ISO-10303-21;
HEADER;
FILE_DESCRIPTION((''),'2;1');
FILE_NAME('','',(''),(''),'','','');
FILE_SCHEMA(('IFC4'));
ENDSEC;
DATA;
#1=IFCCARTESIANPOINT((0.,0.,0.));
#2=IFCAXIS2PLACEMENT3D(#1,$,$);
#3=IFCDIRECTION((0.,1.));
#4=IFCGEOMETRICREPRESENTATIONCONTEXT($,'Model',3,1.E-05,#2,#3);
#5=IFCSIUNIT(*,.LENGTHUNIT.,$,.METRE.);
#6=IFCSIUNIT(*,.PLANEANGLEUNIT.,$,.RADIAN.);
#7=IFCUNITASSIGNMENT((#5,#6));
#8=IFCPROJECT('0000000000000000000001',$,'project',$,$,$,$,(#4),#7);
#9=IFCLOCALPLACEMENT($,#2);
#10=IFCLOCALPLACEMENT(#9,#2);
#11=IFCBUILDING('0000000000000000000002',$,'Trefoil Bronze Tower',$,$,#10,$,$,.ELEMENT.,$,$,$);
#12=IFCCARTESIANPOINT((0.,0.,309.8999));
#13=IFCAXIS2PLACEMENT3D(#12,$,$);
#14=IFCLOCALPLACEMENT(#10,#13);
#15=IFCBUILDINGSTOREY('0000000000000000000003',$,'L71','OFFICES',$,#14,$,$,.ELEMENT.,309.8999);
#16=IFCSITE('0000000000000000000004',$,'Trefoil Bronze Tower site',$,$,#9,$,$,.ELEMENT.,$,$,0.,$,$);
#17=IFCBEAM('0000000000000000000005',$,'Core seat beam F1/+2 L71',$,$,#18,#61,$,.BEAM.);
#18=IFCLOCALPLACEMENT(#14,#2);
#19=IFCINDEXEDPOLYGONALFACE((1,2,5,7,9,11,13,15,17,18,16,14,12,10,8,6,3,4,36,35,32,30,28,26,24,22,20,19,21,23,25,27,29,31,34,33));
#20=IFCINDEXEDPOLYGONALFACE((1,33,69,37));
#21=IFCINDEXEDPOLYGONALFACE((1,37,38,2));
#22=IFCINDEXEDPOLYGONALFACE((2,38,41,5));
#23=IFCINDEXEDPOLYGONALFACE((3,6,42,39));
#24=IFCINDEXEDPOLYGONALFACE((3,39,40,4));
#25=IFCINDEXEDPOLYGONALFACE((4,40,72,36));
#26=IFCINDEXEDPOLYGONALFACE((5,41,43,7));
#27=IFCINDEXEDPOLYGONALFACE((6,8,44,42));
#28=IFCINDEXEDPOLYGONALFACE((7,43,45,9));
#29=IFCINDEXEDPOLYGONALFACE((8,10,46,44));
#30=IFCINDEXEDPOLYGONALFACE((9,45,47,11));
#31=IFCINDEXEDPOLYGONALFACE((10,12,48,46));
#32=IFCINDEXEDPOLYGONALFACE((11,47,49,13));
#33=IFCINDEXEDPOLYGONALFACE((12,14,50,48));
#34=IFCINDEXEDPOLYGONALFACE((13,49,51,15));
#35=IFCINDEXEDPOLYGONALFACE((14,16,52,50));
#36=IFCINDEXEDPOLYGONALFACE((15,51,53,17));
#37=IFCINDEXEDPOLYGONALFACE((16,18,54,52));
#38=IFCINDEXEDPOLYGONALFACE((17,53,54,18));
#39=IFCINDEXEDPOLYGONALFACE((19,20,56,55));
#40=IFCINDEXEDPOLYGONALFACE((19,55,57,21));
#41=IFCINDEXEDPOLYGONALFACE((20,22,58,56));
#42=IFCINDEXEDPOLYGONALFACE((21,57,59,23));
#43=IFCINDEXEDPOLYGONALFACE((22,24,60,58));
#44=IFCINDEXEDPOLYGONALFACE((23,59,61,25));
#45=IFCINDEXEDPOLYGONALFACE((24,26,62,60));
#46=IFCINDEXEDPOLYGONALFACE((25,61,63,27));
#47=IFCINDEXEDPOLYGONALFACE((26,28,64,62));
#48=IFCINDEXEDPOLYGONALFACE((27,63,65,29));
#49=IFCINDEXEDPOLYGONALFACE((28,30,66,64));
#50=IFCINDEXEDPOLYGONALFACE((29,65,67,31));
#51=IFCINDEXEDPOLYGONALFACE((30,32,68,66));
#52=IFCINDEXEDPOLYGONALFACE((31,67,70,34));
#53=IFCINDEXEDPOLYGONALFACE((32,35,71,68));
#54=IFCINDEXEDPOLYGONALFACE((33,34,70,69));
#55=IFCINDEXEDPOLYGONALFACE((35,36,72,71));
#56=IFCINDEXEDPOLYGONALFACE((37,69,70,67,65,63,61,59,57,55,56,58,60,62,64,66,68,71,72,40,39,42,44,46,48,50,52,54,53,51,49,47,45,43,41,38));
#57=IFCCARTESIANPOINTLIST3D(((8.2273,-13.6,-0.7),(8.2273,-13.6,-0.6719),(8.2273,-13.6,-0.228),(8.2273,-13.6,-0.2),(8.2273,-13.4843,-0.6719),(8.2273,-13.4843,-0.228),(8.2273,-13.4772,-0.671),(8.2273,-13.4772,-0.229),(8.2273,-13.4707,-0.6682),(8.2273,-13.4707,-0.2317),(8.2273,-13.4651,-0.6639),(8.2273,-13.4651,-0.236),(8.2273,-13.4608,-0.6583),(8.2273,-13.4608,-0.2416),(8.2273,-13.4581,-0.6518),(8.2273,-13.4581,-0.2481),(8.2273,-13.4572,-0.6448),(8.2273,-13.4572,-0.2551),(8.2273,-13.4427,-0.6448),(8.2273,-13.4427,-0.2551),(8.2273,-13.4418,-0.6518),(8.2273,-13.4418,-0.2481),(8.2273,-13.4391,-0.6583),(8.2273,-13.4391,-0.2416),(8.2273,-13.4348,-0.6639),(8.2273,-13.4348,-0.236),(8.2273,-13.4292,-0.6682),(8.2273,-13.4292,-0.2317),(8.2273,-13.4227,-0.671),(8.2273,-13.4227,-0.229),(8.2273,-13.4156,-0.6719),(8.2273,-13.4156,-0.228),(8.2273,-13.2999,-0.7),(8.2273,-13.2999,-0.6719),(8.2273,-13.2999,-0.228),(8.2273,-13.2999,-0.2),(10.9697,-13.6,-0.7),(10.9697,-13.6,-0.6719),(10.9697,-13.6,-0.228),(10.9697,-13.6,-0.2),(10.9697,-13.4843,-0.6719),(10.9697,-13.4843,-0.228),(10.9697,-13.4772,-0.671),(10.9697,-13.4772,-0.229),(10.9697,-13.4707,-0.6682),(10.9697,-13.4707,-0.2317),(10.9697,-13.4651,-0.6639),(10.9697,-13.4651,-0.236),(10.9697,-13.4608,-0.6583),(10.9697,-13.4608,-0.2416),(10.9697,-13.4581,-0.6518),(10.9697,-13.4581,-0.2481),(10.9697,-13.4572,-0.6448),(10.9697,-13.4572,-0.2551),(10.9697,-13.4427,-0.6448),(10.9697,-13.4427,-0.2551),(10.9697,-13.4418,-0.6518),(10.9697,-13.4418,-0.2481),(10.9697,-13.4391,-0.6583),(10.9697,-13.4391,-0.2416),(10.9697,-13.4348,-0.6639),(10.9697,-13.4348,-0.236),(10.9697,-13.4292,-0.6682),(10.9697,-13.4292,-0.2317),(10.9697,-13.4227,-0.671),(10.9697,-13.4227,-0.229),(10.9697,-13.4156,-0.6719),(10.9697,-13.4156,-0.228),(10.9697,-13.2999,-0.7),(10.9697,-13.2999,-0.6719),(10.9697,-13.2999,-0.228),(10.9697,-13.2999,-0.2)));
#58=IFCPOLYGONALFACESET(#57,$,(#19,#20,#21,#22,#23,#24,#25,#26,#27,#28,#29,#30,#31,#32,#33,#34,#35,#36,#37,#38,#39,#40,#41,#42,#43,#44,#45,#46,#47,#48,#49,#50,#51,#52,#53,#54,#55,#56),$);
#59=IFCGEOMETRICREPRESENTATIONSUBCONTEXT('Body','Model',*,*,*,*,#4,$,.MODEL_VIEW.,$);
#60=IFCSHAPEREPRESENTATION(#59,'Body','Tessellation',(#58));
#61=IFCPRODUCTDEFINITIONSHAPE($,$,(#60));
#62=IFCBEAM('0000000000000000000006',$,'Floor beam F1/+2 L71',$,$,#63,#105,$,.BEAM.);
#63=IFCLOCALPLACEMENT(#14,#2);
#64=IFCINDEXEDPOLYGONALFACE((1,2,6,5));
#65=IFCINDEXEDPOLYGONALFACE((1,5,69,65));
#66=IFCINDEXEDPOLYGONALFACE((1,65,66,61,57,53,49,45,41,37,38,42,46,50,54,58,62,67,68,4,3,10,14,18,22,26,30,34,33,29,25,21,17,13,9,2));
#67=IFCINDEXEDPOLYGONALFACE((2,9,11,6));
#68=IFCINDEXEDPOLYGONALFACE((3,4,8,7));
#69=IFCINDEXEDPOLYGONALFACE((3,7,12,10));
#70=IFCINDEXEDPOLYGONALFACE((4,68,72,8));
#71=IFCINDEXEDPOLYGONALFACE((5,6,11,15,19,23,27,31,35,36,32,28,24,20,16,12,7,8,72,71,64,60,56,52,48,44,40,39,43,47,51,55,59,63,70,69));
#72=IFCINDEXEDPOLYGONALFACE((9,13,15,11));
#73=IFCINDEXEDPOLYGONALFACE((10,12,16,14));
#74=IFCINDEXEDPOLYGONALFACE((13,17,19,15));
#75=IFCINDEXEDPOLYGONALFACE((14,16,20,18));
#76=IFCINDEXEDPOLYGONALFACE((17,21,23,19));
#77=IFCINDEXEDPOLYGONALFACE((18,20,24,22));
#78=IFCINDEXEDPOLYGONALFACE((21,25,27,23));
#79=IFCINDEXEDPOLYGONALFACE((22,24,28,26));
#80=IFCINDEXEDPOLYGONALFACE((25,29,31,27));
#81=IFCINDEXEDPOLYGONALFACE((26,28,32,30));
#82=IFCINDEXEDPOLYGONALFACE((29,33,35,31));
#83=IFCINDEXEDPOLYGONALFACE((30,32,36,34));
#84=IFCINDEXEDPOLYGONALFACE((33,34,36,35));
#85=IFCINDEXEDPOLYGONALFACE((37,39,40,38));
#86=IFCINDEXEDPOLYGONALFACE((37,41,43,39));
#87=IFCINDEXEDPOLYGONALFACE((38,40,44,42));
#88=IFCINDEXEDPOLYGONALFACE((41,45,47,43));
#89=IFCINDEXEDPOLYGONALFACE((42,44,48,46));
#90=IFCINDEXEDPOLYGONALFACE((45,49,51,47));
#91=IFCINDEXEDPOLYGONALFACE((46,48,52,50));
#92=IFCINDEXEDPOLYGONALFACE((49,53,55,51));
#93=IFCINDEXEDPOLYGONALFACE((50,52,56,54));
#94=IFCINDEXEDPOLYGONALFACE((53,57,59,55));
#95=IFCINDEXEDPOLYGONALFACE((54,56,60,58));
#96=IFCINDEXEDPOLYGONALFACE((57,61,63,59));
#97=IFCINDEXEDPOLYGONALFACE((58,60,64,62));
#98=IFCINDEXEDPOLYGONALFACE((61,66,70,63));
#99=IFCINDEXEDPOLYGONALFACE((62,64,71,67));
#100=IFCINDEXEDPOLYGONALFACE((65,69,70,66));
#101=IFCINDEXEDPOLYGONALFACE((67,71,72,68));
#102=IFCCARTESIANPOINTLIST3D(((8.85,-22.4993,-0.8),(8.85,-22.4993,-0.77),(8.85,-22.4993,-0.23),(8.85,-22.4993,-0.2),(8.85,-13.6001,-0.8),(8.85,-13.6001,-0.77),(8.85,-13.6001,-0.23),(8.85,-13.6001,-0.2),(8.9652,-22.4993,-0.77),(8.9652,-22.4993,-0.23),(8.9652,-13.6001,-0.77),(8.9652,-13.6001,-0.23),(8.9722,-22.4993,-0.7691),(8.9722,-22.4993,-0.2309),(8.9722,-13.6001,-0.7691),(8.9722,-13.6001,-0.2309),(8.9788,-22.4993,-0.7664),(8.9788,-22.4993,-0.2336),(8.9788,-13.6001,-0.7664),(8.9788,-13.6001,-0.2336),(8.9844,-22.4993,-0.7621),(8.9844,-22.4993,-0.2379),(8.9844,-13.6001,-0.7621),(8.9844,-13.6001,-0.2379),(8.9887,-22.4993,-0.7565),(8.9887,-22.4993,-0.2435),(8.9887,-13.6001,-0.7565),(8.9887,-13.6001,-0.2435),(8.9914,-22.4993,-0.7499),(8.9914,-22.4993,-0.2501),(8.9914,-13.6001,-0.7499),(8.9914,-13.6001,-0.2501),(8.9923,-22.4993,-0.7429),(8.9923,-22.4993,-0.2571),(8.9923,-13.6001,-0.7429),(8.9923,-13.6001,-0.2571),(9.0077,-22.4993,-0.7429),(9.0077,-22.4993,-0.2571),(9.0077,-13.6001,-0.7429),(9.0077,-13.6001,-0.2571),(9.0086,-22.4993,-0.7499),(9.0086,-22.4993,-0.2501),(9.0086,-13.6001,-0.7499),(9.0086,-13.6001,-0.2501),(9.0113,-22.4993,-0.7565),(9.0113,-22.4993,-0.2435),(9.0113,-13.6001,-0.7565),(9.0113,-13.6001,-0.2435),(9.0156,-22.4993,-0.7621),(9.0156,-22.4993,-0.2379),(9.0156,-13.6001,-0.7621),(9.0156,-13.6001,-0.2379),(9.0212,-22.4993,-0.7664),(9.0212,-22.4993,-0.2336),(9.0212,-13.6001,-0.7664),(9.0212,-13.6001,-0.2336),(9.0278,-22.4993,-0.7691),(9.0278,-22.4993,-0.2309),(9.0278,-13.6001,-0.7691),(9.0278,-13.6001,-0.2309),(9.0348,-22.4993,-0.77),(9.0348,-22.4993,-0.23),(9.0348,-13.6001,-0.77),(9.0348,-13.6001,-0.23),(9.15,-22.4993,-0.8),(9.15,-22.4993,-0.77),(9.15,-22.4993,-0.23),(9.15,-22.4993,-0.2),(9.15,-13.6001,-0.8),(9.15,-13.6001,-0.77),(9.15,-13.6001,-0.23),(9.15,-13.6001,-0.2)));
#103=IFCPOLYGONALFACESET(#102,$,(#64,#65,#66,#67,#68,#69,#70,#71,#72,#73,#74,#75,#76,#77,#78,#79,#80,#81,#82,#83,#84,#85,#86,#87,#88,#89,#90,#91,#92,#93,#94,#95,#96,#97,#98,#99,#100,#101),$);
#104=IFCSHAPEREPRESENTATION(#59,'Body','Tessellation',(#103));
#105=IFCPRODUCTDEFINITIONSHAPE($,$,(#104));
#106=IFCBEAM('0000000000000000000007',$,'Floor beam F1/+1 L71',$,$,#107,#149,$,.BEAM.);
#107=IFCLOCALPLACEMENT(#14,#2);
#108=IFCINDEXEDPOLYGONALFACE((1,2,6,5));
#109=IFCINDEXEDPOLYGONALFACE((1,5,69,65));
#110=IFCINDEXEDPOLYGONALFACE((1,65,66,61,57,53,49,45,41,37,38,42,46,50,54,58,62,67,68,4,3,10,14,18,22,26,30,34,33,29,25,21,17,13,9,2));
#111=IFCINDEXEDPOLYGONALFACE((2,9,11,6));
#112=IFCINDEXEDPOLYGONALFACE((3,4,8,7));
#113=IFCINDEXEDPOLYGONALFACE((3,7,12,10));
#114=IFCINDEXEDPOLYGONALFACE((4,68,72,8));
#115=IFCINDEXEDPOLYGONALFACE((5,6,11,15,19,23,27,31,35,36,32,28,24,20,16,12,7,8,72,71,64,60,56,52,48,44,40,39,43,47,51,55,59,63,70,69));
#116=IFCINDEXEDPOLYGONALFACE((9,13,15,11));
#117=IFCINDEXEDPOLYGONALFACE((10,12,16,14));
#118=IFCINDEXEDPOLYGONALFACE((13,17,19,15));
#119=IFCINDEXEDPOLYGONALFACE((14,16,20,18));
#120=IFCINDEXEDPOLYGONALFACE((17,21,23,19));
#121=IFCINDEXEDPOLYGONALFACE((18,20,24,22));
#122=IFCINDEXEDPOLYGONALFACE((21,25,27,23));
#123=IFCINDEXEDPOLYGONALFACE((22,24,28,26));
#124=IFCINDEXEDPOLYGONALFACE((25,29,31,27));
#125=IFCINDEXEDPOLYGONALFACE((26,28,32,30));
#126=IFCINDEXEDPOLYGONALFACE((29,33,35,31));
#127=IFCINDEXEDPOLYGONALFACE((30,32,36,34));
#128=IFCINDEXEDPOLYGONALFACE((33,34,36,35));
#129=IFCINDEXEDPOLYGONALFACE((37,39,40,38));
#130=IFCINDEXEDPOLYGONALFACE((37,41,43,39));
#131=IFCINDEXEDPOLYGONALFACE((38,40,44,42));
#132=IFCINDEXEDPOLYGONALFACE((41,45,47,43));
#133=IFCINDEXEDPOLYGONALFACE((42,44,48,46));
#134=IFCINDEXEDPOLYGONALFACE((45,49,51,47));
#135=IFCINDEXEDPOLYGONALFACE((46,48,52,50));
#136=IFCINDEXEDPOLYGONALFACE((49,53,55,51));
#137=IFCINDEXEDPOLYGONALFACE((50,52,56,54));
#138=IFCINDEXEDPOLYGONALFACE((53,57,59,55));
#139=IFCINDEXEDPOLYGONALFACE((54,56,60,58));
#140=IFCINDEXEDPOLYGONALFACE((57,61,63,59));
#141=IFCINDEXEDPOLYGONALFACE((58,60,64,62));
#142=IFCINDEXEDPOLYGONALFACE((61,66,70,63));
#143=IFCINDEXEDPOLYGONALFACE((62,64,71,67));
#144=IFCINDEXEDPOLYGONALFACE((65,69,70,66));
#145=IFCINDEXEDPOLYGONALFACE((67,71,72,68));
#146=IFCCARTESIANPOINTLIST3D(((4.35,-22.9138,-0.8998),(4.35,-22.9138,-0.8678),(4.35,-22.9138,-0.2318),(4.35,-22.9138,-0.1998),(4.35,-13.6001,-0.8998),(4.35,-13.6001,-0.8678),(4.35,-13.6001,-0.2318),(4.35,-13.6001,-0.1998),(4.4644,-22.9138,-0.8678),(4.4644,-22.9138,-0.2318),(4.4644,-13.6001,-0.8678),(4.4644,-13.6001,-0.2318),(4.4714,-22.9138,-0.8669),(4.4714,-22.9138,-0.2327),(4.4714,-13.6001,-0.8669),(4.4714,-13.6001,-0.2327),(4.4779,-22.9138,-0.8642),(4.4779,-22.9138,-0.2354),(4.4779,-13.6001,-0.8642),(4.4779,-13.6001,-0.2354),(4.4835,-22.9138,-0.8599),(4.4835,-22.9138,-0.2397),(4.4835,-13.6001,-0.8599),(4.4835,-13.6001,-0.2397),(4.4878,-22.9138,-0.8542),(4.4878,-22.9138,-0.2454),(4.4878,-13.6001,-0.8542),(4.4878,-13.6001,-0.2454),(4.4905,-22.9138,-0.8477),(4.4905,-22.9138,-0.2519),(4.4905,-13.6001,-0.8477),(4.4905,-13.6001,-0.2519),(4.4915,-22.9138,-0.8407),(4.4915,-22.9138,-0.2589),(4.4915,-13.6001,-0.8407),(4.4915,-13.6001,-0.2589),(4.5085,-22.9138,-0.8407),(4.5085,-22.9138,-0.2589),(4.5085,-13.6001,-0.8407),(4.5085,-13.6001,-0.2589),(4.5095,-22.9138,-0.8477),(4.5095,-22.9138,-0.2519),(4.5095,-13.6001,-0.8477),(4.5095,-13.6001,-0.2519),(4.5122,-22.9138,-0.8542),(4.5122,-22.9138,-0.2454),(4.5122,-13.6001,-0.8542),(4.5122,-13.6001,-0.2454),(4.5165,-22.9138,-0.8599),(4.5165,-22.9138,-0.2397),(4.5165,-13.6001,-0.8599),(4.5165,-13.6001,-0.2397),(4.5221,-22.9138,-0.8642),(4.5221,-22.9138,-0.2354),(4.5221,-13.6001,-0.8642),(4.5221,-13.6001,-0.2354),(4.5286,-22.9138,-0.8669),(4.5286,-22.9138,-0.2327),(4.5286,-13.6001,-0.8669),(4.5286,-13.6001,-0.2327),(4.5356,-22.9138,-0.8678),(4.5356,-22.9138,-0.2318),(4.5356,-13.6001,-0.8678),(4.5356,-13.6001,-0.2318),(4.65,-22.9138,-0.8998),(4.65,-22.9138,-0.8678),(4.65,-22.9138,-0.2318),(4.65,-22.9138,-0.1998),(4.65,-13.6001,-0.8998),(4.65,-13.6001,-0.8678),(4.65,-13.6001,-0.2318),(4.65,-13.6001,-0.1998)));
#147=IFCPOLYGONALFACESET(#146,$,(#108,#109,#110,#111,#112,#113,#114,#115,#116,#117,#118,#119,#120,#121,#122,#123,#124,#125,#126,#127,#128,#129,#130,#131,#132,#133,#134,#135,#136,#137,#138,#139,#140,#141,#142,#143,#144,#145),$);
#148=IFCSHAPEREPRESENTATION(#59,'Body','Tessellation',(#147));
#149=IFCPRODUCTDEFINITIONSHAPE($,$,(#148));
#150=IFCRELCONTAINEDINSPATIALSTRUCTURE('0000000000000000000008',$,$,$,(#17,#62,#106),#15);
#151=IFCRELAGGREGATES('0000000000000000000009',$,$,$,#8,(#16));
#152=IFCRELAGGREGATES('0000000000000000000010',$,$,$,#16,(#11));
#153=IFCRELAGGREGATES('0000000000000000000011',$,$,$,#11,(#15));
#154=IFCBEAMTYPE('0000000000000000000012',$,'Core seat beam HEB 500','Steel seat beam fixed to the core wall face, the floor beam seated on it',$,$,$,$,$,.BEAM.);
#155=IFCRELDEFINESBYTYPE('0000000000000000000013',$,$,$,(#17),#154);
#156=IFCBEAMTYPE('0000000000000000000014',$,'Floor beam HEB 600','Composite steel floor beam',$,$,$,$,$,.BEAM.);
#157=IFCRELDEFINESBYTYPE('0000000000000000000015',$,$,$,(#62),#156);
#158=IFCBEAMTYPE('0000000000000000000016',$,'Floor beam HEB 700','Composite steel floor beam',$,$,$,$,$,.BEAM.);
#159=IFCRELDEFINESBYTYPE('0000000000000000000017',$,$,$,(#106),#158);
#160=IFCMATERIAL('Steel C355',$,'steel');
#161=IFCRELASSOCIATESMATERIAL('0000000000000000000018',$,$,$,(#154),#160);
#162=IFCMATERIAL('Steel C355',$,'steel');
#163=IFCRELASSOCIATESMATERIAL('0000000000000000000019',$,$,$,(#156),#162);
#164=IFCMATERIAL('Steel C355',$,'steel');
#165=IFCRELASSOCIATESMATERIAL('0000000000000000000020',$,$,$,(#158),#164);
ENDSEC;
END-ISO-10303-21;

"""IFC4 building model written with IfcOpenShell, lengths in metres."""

from ifc_helpers import new_model, si_unit, direction, frame, origin, origin_2d, place, context, subcontext, project, spatial, i_section, extrude, material, material_profile, profile_set, type_object, element, save


model = new_model("IFC4")

# Units and contexts
model_context = context("Model", 3, precision=1e-05, world=origin(), true_north=direction((0.0, 1.0)))
body_context = subcontext(model_context, "Body", "Model", "MODEL_VIEW")
ifc_project = project(units=[si_unit("LENGTHUNIT", "METRE"), si_unit("PLANEANGLEUNIT", "RADIAN")], contexts=[model_context])

# Site, building, storey
site_placement = place(None, origin())
site = spatial("IfcSite", under=ifc_project, at=site_placement, Name="Trefoil Bronze Tower site", CompositionType="ELEMENT", RefElevation=0.0)
building_placement = place(site_placement, origin())
building = spatial("IfcBuilding", under=site, at=building_placement, Name="Trefoil Bronze Tower", CompositionType="ELEMENT")
storey_placement = place(building_placement, frame((0.0, 0.0, 309.8999)))
storey = spatial("IfcBuildingStorey", under=building, at=storey_placement, Name="L71", Description="OFFICES", CompositionType="ELEMENT", Elevation=309.8999)

# Beams
ifc_material_1 = material(Name="Steel C355", Category="steel")
ifc_material_profile_1 = material_profile(ifc_material_1, i_section(OverallWidth=0.3, OverallDepth=0.5, WebThickness=0.0144, FlangeThickness=0.0281, FilletRadius=0.0271, at=origin_2d()), Name="HEB 500")
ifc_profile_set_1 = profile_set([ifc_material_profile_1], Name="Steel C355")
beam_type_1 = type_object("IfcBeamType", Name="Core seat beam HEB 500", Description="Steel seat beam fixed to the core wall face, the floor beam seated on it", PredefinedType="BEAM", material=ifc_profile_set_1)
for number, where, z_axis, x_axis, name in (
    (1, (8.2273, -13.45, -0.45), (1.0, 0.0, 0.0), (0.0, 1.0, 0.0), "Core seat beam F1/+2 L71"),
):
    element("IfcBeam", number, at=place(storey_placement, frame(where, z_axis=z_axis, x_axis=x_axis)), inside=storey, type_object=beam_type_1, Name=name, PredefinedType="BEAM", context=body_context, shape_type="SweptSolid", body=[
        extrude(i_section(OverallWidth=0.3, OverallDepth=0.5, WebThickness=0.0144, FlangeThickness=0.0281, FilletRadius=0.0271, at=origin_2d()), origin(), (0.0, 0.0, 1.0), 2.7424),
    ])
ifc_material_2 = material(Name="Steel C355", Category="steel")
ifc_material_profile_2 = material_profile(ifc_material_2, i_section(OverallWidth=0.3, OverallDepth=0.6001, WebThickness=0.0154, FlangeThickness=0.03, FilletRadius=0.0271, at=origin_2d()), Name="HEB 600")
ifc_profile_set_2 = profile_set([ifc_material_profile_2], Name="Steel C355")
beam_type_2 = type_object("IfcBeamType", Name="Floor beam HEB 600", Description="Composite steel floor beam", PredefinedType="BEAM", material=ifc_profile_set_2)
beam_1_placement = place(storey_placement, frame((9.0, -22.4993, -0.5), z_axis=(0.0, 1.0, 0.0), x_axis=(-1.0, 0.0, 0.0)))
element("IfcBeam", 2, at=beam_1_placement, inside=storey, type_object=beam_type_2, Name="Floor beam F1/+2 L71", PredefinedType="BEAM", context=body_context, shape_type="SweptSolid", body=[
    extrude(i_section(OverallWidth=0.3, OverallDepth=0.6001, WebThickness=0.0154, FlangeThickness=0.03, FilletRadius=0.0271, at=origin_2d()), origin(), (0.0, 0.0, 1.0), 8.8992),
])
ifc_material_3 = material(Name="Steel C355", Category="steel")
ifc_material_profile_3 = material_profile(ifc_material_3, i_section(OverallWidth=0.3, OverallDepth=0.7, WebThickness=0.0171, FlangeThickness=0.032, FilletRadius=0.0271, at=origin_2d()), Name="HEB 700")
ifc_profile_set_3 = profile_set([ifc_material_profile_3], Name="Steel C355")
beam_type_3 = type_object("IfcBeamType", Name="Floor beam HEB 700", Description="Composite steel floor beam", PredefinedType="BEAM", material=ifc_profile_set_3)
beam_2_placement = place(storey_placement, frame((4.5, -22.9138, -0.5498), z_axis=(0.0, 1.0, 0.0), x_axis=(-1.0, 0.0, 0.0)))
element("IfcBeam", 3, at=beam_2_placement, inside=storey, type_object=beam_type_3, Name="Floor beam F1/+1 L71", PredefinedType="BEAM", context=body_context, shape_type="SweptSolid", body=[
    extrude(i_section(OverallWidth=0.3, OverallDepth=0.7, WebThickness=0.0171, FlangeThickness=0.032, FilletRadius=0.0271, at=origin_2d()), origin(), (0.0, 0.0, 1.0), 9.3137),
])

save(model, "model.ifc")
